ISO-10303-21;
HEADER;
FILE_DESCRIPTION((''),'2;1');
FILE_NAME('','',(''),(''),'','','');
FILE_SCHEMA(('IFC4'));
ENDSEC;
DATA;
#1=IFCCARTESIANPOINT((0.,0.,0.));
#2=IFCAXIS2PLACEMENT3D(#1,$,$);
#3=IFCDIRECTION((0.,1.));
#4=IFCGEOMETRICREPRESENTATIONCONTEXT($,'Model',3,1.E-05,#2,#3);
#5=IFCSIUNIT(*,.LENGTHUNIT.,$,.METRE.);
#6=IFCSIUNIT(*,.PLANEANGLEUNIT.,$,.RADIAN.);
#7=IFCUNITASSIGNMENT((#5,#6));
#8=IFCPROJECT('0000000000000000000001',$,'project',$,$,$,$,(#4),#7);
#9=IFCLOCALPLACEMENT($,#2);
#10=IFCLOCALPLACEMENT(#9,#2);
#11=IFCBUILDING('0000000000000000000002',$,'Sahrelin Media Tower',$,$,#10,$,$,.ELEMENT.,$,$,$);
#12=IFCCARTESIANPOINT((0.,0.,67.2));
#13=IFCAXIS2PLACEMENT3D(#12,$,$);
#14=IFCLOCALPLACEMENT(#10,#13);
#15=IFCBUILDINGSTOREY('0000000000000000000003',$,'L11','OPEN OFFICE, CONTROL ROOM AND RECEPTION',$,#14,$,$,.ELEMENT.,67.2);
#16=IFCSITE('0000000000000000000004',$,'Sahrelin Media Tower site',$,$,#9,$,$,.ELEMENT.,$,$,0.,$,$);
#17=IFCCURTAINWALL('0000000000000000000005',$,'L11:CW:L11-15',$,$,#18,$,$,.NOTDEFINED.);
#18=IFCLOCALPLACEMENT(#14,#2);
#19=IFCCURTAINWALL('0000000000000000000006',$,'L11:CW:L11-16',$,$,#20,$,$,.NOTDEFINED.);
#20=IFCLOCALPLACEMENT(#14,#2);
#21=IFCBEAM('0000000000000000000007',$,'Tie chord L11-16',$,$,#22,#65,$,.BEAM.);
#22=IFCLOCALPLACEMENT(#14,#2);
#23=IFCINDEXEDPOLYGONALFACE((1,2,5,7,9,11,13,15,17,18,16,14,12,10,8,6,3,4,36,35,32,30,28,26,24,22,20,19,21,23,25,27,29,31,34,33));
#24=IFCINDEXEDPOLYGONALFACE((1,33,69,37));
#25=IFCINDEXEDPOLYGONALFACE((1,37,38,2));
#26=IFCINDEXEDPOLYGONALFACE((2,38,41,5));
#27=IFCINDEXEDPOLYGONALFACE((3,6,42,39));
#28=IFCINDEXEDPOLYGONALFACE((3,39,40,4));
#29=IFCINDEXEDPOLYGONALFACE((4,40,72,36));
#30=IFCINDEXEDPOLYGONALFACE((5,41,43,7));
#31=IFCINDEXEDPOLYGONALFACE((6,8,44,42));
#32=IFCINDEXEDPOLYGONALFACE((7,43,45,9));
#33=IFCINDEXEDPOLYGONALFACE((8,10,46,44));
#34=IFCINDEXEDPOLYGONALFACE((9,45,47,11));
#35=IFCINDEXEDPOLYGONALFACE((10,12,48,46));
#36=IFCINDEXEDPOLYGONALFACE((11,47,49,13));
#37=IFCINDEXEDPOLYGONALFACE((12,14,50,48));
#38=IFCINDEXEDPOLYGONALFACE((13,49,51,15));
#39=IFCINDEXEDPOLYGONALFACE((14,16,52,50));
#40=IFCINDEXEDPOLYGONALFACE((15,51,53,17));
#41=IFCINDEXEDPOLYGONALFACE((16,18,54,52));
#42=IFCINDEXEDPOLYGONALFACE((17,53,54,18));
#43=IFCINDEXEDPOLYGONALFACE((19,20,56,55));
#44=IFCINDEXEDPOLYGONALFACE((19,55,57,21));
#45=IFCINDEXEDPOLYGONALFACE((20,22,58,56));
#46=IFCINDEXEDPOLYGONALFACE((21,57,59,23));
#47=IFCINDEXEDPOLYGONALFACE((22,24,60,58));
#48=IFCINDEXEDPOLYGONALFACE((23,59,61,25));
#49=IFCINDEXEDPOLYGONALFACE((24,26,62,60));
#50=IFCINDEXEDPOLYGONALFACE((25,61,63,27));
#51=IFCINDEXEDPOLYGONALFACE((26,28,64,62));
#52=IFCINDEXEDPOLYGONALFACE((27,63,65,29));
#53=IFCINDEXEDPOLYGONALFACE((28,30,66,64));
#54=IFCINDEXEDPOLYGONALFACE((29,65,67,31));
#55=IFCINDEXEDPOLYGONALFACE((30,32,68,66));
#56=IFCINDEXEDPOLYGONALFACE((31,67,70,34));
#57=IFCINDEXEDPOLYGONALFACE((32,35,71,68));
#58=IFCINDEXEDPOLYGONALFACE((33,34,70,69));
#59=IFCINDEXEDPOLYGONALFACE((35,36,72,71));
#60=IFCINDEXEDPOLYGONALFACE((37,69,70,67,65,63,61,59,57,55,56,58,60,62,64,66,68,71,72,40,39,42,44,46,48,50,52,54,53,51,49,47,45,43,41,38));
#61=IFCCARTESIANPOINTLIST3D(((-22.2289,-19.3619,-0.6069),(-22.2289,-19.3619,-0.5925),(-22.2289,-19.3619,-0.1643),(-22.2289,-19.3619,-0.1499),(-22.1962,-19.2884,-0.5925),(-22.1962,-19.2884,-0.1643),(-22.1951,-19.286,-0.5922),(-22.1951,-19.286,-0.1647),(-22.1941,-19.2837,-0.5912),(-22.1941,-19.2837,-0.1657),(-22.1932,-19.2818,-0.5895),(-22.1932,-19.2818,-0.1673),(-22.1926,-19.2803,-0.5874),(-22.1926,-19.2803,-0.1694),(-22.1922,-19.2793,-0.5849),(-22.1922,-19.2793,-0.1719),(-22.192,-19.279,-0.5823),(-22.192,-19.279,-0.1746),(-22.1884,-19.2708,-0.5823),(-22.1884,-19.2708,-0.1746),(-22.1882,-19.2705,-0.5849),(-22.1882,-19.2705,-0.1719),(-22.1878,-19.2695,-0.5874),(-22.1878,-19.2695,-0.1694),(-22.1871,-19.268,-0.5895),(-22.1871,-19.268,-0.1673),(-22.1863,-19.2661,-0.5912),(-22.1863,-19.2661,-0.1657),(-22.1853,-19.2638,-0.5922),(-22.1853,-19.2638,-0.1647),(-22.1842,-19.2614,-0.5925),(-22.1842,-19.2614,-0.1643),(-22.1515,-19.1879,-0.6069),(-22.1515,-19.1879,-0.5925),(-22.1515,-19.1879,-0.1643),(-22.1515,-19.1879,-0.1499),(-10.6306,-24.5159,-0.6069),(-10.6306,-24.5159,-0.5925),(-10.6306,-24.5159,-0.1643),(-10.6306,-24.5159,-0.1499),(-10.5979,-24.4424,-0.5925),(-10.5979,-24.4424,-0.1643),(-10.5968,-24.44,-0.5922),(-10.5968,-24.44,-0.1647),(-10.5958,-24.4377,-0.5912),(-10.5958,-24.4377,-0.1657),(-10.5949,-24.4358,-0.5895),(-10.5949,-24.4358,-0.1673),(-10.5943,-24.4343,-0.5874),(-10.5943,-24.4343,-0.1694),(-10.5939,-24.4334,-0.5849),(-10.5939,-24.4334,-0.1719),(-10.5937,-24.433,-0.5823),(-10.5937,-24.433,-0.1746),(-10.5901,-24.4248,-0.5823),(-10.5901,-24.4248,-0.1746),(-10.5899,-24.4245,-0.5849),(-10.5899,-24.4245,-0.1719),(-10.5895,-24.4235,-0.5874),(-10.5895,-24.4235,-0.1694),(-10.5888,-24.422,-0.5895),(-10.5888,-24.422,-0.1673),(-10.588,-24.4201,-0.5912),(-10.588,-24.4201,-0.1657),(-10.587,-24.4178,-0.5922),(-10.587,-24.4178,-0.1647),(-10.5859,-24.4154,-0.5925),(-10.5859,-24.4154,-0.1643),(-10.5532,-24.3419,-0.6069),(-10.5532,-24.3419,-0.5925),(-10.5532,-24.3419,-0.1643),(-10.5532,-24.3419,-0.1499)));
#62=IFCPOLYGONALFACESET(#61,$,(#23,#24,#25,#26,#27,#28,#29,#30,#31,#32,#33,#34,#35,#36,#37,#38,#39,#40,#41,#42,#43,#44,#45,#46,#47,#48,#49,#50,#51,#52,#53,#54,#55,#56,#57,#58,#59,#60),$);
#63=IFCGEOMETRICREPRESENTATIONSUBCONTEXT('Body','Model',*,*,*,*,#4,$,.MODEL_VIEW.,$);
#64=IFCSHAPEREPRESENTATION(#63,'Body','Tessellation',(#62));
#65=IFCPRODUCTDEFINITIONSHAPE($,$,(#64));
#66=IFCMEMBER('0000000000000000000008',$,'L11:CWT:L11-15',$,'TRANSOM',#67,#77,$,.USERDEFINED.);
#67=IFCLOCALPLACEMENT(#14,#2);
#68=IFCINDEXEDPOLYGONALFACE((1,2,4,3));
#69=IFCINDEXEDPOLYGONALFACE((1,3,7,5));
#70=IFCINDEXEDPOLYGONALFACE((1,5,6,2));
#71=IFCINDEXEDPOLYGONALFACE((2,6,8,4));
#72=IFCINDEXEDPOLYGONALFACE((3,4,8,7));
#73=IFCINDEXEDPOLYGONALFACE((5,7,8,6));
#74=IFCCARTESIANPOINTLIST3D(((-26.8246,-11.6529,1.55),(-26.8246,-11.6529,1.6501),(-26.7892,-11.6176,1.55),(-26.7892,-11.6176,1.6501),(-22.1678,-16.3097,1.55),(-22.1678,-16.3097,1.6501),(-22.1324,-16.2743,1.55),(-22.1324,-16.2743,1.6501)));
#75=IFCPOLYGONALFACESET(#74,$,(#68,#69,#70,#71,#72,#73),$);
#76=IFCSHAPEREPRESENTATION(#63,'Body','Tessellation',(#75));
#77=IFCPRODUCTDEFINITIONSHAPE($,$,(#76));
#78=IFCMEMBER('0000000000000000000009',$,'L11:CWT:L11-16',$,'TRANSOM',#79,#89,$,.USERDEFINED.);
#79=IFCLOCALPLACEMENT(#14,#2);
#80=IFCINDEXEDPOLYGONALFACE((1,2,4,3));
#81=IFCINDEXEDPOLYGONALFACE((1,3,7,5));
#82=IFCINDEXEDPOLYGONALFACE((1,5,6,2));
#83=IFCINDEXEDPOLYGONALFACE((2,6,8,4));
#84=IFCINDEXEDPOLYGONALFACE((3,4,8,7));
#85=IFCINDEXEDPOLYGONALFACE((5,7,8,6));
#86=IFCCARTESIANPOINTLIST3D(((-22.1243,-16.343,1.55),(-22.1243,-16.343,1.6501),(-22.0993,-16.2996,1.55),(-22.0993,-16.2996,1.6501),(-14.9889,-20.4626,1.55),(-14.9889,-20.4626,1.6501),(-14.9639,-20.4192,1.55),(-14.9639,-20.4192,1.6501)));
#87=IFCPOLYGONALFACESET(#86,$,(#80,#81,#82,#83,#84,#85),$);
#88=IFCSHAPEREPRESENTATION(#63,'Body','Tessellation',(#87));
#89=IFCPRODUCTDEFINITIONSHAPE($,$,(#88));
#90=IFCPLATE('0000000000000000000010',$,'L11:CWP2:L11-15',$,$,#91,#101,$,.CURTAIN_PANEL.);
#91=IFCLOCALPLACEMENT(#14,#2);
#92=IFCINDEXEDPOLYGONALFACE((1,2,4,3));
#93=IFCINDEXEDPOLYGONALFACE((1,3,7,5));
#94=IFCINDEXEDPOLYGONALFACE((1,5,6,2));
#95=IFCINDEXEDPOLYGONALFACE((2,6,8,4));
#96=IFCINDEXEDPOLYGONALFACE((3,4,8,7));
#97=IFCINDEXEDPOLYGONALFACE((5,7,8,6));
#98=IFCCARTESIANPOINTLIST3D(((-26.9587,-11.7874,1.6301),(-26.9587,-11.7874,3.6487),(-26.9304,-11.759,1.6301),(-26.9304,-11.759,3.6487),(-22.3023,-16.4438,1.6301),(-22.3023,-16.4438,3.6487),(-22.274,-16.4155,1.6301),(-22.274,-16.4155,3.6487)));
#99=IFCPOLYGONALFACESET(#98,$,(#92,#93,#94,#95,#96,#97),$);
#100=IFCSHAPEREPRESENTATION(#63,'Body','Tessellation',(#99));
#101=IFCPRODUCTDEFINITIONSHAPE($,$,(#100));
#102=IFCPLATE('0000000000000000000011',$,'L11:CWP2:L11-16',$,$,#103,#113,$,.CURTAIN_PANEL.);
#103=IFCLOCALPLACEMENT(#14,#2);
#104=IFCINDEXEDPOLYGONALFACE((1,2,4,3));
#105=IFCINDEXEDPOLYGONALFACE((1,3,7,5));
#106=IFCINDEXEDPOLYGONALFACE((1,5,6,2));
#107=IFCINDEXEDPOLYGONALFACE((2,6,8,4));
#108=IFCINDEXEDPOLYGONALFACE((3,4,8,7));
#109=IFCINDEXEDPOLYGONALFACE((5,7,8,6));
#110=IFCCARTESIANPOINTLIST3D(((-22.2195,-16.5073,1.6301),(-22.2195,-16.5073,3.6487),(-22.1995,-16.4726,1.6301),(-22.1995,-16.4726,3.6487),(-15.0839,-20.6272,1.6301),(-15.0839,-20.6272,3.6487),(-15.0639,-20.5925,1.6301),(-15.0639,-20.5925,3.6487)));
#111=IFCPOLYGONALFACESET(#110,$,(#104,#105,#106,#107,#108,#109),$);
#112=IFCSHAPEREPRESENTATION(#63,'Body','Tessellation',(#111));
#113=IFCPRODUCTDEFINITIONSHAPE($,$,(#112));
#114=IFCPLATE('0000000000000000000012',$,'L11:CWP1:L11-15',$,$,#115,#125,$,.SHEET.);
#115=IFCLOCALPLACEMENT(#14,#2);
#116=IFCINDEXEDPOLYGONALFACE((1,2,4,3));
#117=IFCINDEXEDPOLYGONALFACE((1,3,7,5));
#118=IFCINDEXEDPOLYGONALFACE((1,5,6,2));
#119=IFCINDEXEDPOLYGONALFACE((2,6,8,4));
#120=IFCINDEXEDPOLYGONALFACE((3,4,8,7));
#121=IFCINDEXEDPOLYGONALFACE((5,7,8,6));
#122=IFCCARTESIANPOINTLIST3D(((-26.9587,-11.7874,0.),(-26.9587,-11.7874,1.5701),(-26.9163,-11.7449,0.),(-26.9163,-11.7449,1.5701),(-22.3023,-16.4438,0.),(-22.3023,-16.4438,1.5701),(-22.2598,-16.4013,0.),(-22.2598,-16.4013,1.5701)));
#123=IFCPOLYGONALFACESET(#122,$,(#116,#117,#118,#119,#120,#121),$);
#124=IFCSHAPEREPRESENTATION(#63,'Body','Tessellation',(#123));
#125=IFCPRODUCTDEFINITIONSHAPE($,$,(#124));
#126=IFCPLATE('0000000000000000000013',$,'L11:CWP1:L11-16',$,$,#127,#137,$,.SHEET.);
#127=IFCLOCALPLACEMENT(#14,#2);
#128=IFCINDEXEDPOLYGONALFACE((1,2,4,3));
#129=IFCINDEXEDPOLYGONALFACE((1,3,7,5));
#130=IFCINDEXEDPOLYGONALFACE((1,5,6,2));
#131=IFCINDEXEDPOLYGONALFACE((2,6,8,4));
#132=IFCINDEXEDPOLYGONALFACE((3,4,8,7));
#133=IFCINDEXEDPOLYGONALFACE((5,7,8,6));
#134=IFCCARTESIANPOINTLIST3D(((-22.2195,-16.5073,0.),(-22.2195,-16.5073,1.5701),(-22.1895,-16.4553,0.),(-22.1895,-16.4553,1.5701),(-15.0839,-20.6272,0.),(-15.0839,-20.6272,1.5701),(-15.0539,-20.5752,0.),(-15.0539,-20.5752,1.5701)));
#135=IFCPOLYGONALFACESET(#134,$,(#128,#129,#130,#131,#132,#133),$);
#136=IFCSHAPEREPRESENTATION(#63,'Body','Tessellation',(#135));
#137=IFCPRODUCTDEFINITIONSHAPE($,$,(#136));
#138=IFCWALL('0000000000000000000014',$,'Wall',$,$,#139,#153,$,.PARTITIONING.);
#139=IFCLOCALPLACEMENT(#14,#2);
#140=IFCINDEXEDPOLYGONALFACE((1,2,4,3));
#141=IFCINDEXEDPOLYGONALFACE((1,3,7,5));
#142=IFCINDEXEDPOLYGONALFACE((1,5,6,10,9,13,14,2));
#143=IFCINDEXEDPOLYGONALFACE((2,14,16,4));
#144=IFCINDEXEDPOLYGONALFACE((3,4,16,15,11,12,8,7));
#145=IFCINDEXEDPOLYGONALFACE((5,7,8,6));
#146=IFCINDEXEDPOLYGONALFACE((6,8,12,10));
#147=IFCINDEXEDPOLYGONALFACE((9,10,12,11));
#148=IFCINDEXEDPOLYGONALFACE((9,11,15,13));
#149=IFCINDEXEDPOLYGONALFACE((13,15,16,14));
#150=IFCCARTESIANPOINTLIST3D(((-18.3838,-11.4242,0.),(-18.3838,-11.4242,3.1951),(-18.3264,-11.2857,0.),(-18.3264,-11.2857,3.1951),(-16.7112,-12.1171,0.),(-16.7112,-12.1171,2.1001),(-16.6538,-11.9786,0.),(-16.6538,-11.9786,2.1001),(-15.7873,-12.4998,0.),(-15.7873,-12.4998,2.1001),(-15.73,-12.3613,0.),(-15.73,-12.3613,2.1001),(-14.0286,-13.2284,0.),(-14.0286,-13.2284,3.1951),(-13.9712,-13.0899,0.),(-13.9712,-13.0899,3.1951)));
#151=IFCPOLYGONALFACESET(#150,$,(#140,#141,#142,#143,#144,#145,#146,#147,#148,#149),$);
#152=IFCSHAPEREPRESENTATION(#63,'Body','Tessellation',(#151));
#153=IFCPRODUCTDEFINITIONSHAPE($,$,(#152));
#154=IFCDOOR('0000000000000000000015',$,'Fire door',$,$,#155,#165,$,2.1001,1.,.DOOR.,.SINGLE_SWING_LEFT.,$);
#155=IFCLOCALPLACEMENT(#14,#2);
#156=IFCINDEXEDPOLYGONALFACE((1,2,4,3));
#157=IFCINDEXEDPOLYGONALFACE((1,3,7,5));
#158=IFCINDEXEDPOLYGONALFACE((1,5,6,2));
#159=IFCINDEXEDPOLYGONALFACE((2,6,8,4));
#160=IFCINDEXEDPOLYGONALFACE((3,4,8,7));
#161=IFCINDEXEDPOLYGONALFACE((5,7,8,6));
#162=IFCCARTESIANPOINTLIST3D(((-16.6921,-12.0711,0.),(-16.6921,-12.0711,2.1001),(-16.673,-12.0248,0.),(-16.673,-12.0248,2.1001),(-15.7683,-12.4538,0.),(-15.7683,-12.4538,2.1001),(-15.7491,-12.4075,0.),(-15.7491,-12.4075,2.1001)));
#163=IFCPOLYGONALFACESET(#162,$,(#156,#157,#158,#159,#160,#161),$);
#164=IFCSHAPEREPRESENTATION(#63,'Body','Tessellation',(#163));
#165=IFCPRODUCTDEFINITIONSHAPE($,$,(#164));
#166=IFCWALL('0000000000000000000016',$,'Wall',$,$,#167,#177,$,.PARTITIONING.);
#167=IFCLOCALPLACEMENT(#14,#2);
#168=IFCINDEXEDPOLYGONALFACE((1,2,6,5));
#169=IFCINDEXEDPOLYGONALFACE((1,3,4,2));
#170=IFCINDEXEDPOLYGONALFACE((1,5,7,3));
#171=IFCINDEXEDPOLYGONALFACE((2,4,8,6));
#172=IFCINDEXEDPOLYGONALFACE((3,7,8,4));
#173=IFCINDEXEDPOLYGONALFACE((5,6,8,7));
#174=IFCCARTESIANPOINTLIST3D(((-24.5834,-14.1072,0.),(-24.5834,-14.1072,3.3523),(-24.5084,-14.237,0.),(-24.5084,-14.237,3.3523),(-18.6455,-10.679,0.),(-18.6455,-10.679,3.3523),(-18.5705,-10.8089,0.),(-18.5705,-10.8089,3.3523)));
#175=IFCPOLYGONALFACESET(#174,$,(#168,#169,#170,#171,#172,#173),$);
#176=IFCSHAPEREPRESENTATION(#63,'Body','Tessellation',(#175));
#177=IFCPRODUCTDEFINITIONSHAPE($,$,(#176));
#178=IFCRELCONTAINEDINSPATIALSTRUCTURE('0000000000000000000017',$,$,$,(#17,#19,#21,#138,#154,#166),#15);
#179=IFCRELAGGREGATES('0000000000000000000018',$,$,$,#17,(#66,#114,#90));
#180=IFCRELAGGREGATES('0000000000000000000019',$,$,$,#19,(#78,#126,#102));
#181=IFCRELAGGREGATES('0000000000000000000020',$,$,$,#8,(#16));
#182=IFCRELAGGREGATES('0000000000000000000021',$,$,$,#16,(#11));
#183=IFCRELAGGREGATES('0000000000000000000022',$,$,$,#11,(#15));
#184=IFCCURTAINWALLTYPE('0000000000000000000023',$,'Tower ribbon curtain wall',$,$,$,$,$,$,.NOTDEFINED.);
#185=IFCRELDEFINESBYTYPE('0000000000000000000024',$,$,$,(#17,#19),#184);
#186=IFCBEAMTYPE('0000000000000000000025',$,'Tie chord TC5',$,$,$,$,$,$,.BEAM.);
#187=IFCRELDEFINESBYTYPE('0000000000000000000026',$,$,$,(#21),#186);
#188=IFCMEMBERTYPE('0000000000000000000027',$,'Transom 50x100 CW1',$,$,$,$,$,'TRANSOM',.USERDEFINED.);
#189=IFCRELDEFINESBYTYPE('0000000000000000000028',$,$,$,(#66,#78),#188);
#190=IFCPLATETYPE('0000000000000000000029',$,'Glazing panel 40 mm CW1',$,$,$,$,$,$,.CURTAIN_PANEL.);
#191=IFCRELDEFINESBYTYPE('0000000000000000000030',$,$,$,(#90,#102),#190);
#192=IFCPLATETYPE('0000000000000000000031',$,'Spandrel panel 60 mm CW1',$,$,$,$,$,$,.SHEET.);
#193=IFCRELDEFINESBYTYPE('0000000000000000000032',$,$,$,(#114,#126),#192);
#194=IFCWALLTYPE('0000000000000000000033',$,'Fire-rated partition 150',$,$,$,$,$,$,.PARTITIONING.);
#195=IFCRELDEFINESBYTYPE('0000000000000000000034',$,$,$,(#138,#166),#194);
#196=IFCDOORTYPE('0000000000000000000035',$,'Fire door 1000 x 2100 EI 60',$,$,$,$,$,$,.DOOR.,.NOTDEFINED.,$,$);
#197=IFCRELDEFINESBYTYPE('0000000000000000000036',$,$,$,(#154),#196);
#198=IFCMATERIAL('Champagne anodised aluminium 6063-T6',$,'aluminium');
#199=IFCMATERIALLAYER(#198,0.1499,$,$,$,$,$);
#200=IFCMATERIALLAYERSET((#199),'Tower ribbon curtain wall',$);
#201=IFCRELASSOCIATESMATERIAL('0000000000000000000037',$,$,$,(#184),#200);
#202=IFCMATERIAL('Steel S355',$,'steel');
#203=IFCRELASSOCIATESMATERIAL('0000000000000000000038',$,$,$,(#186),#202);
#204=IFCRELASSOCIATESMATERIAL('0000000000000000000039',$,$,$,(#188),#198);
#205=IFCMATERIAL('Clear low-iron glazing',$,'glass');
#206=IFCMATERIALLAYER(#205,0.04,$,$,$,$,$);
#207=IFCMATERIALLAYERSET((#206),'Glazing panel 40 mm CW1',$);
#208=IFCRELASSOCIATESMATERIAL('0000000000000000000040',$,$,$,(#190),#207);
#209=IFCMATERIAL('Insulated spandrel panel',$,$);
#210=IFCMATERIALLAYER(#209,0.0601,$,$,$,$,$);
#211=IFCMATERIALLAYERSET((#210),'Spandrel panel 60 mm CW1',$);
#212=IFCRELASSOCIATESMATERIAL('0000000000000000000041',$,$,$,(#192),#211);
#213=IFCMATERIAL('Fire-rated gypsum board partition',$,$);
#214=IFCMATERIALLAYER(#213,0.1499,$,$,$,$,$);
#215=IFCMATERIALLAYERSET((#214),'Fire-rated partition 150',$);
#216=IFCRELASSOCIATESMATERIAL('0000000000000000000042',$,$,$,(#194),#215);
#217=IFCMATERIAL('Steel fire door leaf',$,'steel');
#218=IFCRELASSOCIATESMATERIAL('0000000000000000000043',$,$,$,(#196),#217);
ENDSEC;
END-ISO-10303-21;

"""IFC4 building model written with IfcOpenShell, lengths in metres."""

from ifc_helpers import new_model, si_unit, direction, frame, frame_2d, origin, origin_2d, place, context, subcontext, project, spatial, polyline, rectangle, i_section, outline, extrude, material, layer, layer_set, material_profile, profile_set, type_object, element, fill, aggregate, save


model = new_model("IFC4")

# Units and contexts
model_context = context("Model", 3, precision=1e-05, world=origin(), true_north=direction((0.0, 1.0)))
body_context = subcontext(model_context, "Body", "Model", "MODEL_VIEW")
ifc_project = project(units=[si_unit("LENGTHUNIT", "METRE"), si_unit("PLANEANGLEUNIT", "RADIAN")], contexts=[model_context])

# Site, building, storey
site_placement = place(None, origin())
site = spatial("IfcSite", under=ifc_project, at=site_placement, Name="Sahrelin Media Tower site", CompositionType="ELEMENT", RefElevation=0.0)
building_placement = place(site_placement, origin())
building = spatial("IfcBuilding", under=site, at=building_placement, Name="Sahrelin Media Tower", CompositionType="ELEMENT")
storey_placement = place(building_placement, frame((0.0, 0.0, 67.2)))
storey = spatial("IfcBuildingStorey", under=building, at=storey_placement, Name="L11", Description="OPEN OFFICE, CONTROL ROOM AND RECEPTION", CompositionType="ELEMENT", Elevation=67.2)

# Shared definitions
ifc_material_1 = material(Name="Steel S355", Category="steel")

# Curtain walls
ifc_material_2 = material(Name="Champagne anodised aluminium 6063-T6", Category="aluminium")
ifc_layer_1 = layer(ifc_material_2, 0.1499)
ifc_layer_set_1 = layer_set([ifc_layer_1], Name="Tower ribbon curtain wall")
curtain_wall_type = type_object("IfcCurtainWallType", Name="Tower ribbon curtain wall", PredefinedType="NOTDEFINED", material=ifc_layer_set_1)
curtain_wall_1_placement = place(storey_placement, frame((-24.6165, -14.1013, 0.0), z_axis=(0.0, 0.0, 1.0), x_axis=(1.0, 0.0, 0.0)))
curtain_wall_1 = element("IfcCurtainWall", 1, at=curtain_wall_1_placement, inside=storey, type_object=curtain_wall_type, Name="L11:CW:L11-15", PredefinedType="NOTDEFINED")
curtain_wall_2_placement = place(storey_placement, frame((-18.6416, -18.5498, 0.0), z_axis=(0.0, 0.0, 1.0), x_axis=(1.0, 0.0, 0.0)))
curtain_wall_2 = element("IfcCurtainWall", 2, at=curtain_wall_2_placement, inside=storey, type_object=curtain_wall_type, Name="L11:CW:L11-16", PredefinedType="NOTDEFINED")

# Beam
ifc_material_profile_1 = material_profile(ifc_material_1, i_section(OverallWidth=0.1904, OverallDepth=0.457, WebThickness=0.009, FlangeThickness=0.0144, FilletRadius=0.0103, at=origin_2d()), Name="UB 457x191x74")
ifc_profile_set_1 = profile_set([ifc_material_profile_1], Name="Steel S355")
beam_type_1 = type_object("IfcBeamType", Name="Tie chord TC5", PredefinedType="BEAM", material=ifc_profile_set_1)
beam_1_placement = place(storey_placement, frame((-22.1902, -19.2749, -0.3784), z_axis=(0.913835, -0.406087, 0.0), x_axis=(0.406087, 0.913835, 0.0)))
element("IfcBeam", 3, at=beam_1_placement, inside=storey, type_object=beam_type_1, Name="Tie chord L11-16", PredefinedType="BEAM", context=body_context, shape_type="SweptSolid", body=[
    extrude(i_section(OverallWidth=0.1904, OverallDepth=0.457, WebThickness=0.009, FlangeThickness=0.0144, FilletRadius=0.0103, at=origin_2d()), origin(), (0.0, 0.0, 1.0), 12.6919),
])

# Members
ifc_material_profile_2 = material_profile(ifc_material_2, rectangle(XDim=0.05, YDim=0.1001, at=origin_2d()), Name="Transom 50x100")
ifc_profile_set_2 = profile_set([ifc_material_profile_2], Name="Champagne anodised aluminium 6063-T6")
member_type_1 = type_object("IfcMemberType", Name="Transom 50x100 CW1", ElementType="TRANSOM", PredefinedType="USERDEFINED", material=ifc_profile_set_2)
member_1_placement = place(storey_placement, frame((-26.8069, -11.6353, 1.6001), z_axis=(0.707107, -0.707107, 0.0), x_axis=(0.707107, 0.707107, 0.0)))
member_1 = element("IfcMember", 4, at=member_1_placement, type_object=member_type_1, Name="L11:CWT:L11-15", ObjectType="TRANSOM", PredefinedType="USERDEFINED", context=body_context, shape_type="SweptSolid", body=[
    extrude(rectangle(XDim=0.05, YDim=0.1001, at=origin_2d()), origin(), (0.0, 0.0, 1.0), 6.5857),
])
member_2_placement = place(storey_placement, frame((-22.1118, -16.3213, 1.6001), z_axis=(0.866028, -0.499995, 0.0), x_axis=(0.499995, 0.866028, 0.0)))
member_2 = element("IfcMember", 5, at=member_2_placement, type_object=member_type_1, Name="L11:CWT:L11-16", ObjectType="TRANSOM", PredefinedType="USERDEFINED", context=body_context, shape_type="SweptSolid", body=[
    extrude(rectangle(XDim=0.05, YDim=0.1001, at=origin_2d()), origin(), (0.0, 0.0, 1.0), 8.2393),
])

# Plates
ifc_material_3 = material(Name="Clear low-iron glazing", Category="glass")
ifc_layer_2 = layer(ifc_material_3, 0.04)
ifc_layer_set_2 = layer_set([ifc_layer_2], Name="Glazing panel 40 mm CW1")
plate_type_1 = type_object("IfcPlateType", Name="Glazing panel 40 mm CW1", PredefinedType="CURTAIN_PANEL", material=ifc_layer_set_2)
plate_1_placement = place(storey_placement, frame((-26.9587, -11.7874, 1.6301), z_axis=(-0.707107, -0.707107, 0.0), x_axis=(0.707107, -0.707107, 0.0)))
plate_1 = element("IfcPlate", 6, at=plate_1_placement, type_object=plate_type_1, Name="L11:CWP2:L11-15", PredefinedType="CURTAIN_PANEL", context=body_context, shape_type="SweptSolid", body=[
    extrude(outline(polyline([(0.0, 0.0), (6.5852, 0.0), (6.5852, 2.0186), (0.0, 2.0186), (0.0, 0.0)])), origin(), (0.0, 0.0, -1.0), 0.04),
])
plate_2_placement = place(storey_placement, frame((-22.2195, -16.5073, 1.6301), z_axis=(-0.500017, -0.866015, 0.0), x_axis=(0.866015, -0.500017, 0.0)))
plate_2 = element("IfcPlate", 7, at=plate_2_placement, type_object=plate_type_1, Name="L11:CWP2:L11-16", PredefinedType="CURTAIN_PANEL", context=body_context, shape_type="SweptSolid", body=[
    extrude(outline(polyline([(0.0, 0.0), (8.2395, 0.0), (8.2395, 2.0186), (0.0, 2.0186), (0.0, 0.0)])), origin(), (0.0, 0.0, -1.0), 0.04),
])
ifc_material_4 = material(Name="Insulated spandrel panel")
ifc_layer_3 = layer(ifc_material_4, 0.0601)
ifc_layer_set_3 = layer_set([ifc_layer_3], Name="Spandrel panel 60 mm CW1")
plate_type_2 = type_object("IfcPlateType", Name="Spandrel panel 60 mm CW1", PredefinedType="SHEET", material=ifc_layer_set_3)
plate_3_placement = place(storey_placement, frame((-26.9587, -11.7874, 0.0), z_axis=(-0.707107, -0.707107, 0.0), x_axis=(0.707107, -0.707107, 0.0)))
plate_3 = element("IfcPlate", 8, at=plate_3_placement, type_object=plate_type_2, Name="L11:CWP1:L11-15", PredefinedType="SHEET", context=body_context, shape_type="SweptSolid", body=[
    extrude(outline(polyline([(0.0, 0.0), (6.5852, 0.0), (6.5852, 1.5701), (0.0, 1.5701), (0.0, 0.0)])), origin(), (0.0, 0.0, -1.0), 0.0601),
])
aggregate(curtain_wall_1, [member_1, plate_3, plate_1])
plate_4_placement = place(storey_placement, frame((-22.2195, -16.5073, 0.0), z_axis=(-0.500017, -0.866015, 0.0), x_axis=(0.866015, -0.500017, 0.0)))
plate_4 = element("IfcPlate", 9, at=plate_4_placement, type_object=plate_type_2, Name="L11:CWP1:L11-16", PredefinedType="SHEET", context=body_context, shape_type="SweptSolid", body=[
    extrude(outline(polyline([(0.0, 0.0), (8.2395, 0.0), (8.2395, 1.5701), (0.0, 1.5701), (0.0, 0.0)])), origin(), (0.0, 0.0, -1.0), 0.0601),
])
aggregate(curtain_wall_2, [member_2, plate_4, plate_2])

# Wall, opening, door
ifc_material_5 = material(Name="Fire-rated gypsum board partition")
ifc_layer_4 = layer(ifc_material_5, 0.1499)
ifc_layer_set_4 = layer_set([ifc_layer_4], Name="Fire-rated partition 150")
wall_type_1 = type_object("IfcWallType", Name="Fire-rated partition 150", PredefinedType="PARTITIONING", material=ifc_layer_set_4)
wall_1_placement = place(storey_placement, frame((-18.355, -11.355, 0.0), z_axis=(0.0, 0.0, 1.0), x_axis=(0.923864, -0.382721, 0.0)))
wall_1 = element("IfcWall", 10, at=wall_1_placement, inside=storey, type_object=wall_type_1, Name="Wall", PredefinedType="PARTITIONING", context=body_context, shape_type="SweptSolid", body=[
    extrude(rectangle(XDim=4.7141, YDim=0.1499, at=frame_2d((2.3569, 0.0))), origin(), (0.0, 0.0, 1.0), 3.1951),
])
opening_placement = place(wall_1_placement, frame((1.8103, 0.0, 0.0)))
opening = element("IfcOpeningElement", 11, at=opening_placement, cuts=wall_1, PredefinedType="OPENING", context=body_context, shape_type="SweptSolid", body=[
    extrude(rectangle(XDim=1.0, YDim=2.1001, at=frame_2d((0.5, 1.05))), frame((0.0, 0.075, 0.0), z_axis=(0.0, -1.0, 0.0), x_axis=(1.0, 0.0, 0.0)), (0.0, 0.0, 1.0), 0.1499),
])
ifc_material_6 = material(Name="Steel fire door leaf", Category="steel")
door_type = type_object("IfcDoorType", Name="Fire door 1000 x 2100 EI 60", OperationType="NOTDEFINED", PredefinedType="DOOR", material=ifc_material_6)
door_placement = place(opening_placement, origin())
door = element("IfcDoor", 12, at=door_placement, inside=storey, type_object=door_type, Name="Fire door", OperationType="SINGLE_SWING_LEFT", OverallHeight=2.1001, OverallWidth=1.0, PredefinedType="DOOR", context=body_context, shape_type="SweptSolid", body=[
    extrude(rectangle(XDim=1.0, YDim=2.1001, at=frame_2d((0.5, 1.05))), frame((0.0, 0.0249, 0.0), z_axis=(0.0, -1.0, 0.0), x_axis=(1.0, 0.0, 0.0)), (0.0, 0.0, 1.0), 0.05),
])
fill(opening, door)

# Wall
wall_2_placement = place(storey_placement, frame((-24.5459, -14.1721, 0.0), z_axis=(0.0, 0.0, 1.0), x_axis=(0.86603, 0.499992, 0.0)))
element("IfcWall", 13, at=wall_2_placement, inside=storey, type_object=wall_type_1, Name="Wall", PredefinedType="PARTITIONING", context=body_context, shape_type="SweptSolid", body=[
    extrude(rectangle(XDim=6.8564, YDim=0.1499, at=frame_2d((3.4282, 0.0))), origin(), (0.0, 0.0, 1.0), 3.3523),
])

save(model, "model.ifc")
